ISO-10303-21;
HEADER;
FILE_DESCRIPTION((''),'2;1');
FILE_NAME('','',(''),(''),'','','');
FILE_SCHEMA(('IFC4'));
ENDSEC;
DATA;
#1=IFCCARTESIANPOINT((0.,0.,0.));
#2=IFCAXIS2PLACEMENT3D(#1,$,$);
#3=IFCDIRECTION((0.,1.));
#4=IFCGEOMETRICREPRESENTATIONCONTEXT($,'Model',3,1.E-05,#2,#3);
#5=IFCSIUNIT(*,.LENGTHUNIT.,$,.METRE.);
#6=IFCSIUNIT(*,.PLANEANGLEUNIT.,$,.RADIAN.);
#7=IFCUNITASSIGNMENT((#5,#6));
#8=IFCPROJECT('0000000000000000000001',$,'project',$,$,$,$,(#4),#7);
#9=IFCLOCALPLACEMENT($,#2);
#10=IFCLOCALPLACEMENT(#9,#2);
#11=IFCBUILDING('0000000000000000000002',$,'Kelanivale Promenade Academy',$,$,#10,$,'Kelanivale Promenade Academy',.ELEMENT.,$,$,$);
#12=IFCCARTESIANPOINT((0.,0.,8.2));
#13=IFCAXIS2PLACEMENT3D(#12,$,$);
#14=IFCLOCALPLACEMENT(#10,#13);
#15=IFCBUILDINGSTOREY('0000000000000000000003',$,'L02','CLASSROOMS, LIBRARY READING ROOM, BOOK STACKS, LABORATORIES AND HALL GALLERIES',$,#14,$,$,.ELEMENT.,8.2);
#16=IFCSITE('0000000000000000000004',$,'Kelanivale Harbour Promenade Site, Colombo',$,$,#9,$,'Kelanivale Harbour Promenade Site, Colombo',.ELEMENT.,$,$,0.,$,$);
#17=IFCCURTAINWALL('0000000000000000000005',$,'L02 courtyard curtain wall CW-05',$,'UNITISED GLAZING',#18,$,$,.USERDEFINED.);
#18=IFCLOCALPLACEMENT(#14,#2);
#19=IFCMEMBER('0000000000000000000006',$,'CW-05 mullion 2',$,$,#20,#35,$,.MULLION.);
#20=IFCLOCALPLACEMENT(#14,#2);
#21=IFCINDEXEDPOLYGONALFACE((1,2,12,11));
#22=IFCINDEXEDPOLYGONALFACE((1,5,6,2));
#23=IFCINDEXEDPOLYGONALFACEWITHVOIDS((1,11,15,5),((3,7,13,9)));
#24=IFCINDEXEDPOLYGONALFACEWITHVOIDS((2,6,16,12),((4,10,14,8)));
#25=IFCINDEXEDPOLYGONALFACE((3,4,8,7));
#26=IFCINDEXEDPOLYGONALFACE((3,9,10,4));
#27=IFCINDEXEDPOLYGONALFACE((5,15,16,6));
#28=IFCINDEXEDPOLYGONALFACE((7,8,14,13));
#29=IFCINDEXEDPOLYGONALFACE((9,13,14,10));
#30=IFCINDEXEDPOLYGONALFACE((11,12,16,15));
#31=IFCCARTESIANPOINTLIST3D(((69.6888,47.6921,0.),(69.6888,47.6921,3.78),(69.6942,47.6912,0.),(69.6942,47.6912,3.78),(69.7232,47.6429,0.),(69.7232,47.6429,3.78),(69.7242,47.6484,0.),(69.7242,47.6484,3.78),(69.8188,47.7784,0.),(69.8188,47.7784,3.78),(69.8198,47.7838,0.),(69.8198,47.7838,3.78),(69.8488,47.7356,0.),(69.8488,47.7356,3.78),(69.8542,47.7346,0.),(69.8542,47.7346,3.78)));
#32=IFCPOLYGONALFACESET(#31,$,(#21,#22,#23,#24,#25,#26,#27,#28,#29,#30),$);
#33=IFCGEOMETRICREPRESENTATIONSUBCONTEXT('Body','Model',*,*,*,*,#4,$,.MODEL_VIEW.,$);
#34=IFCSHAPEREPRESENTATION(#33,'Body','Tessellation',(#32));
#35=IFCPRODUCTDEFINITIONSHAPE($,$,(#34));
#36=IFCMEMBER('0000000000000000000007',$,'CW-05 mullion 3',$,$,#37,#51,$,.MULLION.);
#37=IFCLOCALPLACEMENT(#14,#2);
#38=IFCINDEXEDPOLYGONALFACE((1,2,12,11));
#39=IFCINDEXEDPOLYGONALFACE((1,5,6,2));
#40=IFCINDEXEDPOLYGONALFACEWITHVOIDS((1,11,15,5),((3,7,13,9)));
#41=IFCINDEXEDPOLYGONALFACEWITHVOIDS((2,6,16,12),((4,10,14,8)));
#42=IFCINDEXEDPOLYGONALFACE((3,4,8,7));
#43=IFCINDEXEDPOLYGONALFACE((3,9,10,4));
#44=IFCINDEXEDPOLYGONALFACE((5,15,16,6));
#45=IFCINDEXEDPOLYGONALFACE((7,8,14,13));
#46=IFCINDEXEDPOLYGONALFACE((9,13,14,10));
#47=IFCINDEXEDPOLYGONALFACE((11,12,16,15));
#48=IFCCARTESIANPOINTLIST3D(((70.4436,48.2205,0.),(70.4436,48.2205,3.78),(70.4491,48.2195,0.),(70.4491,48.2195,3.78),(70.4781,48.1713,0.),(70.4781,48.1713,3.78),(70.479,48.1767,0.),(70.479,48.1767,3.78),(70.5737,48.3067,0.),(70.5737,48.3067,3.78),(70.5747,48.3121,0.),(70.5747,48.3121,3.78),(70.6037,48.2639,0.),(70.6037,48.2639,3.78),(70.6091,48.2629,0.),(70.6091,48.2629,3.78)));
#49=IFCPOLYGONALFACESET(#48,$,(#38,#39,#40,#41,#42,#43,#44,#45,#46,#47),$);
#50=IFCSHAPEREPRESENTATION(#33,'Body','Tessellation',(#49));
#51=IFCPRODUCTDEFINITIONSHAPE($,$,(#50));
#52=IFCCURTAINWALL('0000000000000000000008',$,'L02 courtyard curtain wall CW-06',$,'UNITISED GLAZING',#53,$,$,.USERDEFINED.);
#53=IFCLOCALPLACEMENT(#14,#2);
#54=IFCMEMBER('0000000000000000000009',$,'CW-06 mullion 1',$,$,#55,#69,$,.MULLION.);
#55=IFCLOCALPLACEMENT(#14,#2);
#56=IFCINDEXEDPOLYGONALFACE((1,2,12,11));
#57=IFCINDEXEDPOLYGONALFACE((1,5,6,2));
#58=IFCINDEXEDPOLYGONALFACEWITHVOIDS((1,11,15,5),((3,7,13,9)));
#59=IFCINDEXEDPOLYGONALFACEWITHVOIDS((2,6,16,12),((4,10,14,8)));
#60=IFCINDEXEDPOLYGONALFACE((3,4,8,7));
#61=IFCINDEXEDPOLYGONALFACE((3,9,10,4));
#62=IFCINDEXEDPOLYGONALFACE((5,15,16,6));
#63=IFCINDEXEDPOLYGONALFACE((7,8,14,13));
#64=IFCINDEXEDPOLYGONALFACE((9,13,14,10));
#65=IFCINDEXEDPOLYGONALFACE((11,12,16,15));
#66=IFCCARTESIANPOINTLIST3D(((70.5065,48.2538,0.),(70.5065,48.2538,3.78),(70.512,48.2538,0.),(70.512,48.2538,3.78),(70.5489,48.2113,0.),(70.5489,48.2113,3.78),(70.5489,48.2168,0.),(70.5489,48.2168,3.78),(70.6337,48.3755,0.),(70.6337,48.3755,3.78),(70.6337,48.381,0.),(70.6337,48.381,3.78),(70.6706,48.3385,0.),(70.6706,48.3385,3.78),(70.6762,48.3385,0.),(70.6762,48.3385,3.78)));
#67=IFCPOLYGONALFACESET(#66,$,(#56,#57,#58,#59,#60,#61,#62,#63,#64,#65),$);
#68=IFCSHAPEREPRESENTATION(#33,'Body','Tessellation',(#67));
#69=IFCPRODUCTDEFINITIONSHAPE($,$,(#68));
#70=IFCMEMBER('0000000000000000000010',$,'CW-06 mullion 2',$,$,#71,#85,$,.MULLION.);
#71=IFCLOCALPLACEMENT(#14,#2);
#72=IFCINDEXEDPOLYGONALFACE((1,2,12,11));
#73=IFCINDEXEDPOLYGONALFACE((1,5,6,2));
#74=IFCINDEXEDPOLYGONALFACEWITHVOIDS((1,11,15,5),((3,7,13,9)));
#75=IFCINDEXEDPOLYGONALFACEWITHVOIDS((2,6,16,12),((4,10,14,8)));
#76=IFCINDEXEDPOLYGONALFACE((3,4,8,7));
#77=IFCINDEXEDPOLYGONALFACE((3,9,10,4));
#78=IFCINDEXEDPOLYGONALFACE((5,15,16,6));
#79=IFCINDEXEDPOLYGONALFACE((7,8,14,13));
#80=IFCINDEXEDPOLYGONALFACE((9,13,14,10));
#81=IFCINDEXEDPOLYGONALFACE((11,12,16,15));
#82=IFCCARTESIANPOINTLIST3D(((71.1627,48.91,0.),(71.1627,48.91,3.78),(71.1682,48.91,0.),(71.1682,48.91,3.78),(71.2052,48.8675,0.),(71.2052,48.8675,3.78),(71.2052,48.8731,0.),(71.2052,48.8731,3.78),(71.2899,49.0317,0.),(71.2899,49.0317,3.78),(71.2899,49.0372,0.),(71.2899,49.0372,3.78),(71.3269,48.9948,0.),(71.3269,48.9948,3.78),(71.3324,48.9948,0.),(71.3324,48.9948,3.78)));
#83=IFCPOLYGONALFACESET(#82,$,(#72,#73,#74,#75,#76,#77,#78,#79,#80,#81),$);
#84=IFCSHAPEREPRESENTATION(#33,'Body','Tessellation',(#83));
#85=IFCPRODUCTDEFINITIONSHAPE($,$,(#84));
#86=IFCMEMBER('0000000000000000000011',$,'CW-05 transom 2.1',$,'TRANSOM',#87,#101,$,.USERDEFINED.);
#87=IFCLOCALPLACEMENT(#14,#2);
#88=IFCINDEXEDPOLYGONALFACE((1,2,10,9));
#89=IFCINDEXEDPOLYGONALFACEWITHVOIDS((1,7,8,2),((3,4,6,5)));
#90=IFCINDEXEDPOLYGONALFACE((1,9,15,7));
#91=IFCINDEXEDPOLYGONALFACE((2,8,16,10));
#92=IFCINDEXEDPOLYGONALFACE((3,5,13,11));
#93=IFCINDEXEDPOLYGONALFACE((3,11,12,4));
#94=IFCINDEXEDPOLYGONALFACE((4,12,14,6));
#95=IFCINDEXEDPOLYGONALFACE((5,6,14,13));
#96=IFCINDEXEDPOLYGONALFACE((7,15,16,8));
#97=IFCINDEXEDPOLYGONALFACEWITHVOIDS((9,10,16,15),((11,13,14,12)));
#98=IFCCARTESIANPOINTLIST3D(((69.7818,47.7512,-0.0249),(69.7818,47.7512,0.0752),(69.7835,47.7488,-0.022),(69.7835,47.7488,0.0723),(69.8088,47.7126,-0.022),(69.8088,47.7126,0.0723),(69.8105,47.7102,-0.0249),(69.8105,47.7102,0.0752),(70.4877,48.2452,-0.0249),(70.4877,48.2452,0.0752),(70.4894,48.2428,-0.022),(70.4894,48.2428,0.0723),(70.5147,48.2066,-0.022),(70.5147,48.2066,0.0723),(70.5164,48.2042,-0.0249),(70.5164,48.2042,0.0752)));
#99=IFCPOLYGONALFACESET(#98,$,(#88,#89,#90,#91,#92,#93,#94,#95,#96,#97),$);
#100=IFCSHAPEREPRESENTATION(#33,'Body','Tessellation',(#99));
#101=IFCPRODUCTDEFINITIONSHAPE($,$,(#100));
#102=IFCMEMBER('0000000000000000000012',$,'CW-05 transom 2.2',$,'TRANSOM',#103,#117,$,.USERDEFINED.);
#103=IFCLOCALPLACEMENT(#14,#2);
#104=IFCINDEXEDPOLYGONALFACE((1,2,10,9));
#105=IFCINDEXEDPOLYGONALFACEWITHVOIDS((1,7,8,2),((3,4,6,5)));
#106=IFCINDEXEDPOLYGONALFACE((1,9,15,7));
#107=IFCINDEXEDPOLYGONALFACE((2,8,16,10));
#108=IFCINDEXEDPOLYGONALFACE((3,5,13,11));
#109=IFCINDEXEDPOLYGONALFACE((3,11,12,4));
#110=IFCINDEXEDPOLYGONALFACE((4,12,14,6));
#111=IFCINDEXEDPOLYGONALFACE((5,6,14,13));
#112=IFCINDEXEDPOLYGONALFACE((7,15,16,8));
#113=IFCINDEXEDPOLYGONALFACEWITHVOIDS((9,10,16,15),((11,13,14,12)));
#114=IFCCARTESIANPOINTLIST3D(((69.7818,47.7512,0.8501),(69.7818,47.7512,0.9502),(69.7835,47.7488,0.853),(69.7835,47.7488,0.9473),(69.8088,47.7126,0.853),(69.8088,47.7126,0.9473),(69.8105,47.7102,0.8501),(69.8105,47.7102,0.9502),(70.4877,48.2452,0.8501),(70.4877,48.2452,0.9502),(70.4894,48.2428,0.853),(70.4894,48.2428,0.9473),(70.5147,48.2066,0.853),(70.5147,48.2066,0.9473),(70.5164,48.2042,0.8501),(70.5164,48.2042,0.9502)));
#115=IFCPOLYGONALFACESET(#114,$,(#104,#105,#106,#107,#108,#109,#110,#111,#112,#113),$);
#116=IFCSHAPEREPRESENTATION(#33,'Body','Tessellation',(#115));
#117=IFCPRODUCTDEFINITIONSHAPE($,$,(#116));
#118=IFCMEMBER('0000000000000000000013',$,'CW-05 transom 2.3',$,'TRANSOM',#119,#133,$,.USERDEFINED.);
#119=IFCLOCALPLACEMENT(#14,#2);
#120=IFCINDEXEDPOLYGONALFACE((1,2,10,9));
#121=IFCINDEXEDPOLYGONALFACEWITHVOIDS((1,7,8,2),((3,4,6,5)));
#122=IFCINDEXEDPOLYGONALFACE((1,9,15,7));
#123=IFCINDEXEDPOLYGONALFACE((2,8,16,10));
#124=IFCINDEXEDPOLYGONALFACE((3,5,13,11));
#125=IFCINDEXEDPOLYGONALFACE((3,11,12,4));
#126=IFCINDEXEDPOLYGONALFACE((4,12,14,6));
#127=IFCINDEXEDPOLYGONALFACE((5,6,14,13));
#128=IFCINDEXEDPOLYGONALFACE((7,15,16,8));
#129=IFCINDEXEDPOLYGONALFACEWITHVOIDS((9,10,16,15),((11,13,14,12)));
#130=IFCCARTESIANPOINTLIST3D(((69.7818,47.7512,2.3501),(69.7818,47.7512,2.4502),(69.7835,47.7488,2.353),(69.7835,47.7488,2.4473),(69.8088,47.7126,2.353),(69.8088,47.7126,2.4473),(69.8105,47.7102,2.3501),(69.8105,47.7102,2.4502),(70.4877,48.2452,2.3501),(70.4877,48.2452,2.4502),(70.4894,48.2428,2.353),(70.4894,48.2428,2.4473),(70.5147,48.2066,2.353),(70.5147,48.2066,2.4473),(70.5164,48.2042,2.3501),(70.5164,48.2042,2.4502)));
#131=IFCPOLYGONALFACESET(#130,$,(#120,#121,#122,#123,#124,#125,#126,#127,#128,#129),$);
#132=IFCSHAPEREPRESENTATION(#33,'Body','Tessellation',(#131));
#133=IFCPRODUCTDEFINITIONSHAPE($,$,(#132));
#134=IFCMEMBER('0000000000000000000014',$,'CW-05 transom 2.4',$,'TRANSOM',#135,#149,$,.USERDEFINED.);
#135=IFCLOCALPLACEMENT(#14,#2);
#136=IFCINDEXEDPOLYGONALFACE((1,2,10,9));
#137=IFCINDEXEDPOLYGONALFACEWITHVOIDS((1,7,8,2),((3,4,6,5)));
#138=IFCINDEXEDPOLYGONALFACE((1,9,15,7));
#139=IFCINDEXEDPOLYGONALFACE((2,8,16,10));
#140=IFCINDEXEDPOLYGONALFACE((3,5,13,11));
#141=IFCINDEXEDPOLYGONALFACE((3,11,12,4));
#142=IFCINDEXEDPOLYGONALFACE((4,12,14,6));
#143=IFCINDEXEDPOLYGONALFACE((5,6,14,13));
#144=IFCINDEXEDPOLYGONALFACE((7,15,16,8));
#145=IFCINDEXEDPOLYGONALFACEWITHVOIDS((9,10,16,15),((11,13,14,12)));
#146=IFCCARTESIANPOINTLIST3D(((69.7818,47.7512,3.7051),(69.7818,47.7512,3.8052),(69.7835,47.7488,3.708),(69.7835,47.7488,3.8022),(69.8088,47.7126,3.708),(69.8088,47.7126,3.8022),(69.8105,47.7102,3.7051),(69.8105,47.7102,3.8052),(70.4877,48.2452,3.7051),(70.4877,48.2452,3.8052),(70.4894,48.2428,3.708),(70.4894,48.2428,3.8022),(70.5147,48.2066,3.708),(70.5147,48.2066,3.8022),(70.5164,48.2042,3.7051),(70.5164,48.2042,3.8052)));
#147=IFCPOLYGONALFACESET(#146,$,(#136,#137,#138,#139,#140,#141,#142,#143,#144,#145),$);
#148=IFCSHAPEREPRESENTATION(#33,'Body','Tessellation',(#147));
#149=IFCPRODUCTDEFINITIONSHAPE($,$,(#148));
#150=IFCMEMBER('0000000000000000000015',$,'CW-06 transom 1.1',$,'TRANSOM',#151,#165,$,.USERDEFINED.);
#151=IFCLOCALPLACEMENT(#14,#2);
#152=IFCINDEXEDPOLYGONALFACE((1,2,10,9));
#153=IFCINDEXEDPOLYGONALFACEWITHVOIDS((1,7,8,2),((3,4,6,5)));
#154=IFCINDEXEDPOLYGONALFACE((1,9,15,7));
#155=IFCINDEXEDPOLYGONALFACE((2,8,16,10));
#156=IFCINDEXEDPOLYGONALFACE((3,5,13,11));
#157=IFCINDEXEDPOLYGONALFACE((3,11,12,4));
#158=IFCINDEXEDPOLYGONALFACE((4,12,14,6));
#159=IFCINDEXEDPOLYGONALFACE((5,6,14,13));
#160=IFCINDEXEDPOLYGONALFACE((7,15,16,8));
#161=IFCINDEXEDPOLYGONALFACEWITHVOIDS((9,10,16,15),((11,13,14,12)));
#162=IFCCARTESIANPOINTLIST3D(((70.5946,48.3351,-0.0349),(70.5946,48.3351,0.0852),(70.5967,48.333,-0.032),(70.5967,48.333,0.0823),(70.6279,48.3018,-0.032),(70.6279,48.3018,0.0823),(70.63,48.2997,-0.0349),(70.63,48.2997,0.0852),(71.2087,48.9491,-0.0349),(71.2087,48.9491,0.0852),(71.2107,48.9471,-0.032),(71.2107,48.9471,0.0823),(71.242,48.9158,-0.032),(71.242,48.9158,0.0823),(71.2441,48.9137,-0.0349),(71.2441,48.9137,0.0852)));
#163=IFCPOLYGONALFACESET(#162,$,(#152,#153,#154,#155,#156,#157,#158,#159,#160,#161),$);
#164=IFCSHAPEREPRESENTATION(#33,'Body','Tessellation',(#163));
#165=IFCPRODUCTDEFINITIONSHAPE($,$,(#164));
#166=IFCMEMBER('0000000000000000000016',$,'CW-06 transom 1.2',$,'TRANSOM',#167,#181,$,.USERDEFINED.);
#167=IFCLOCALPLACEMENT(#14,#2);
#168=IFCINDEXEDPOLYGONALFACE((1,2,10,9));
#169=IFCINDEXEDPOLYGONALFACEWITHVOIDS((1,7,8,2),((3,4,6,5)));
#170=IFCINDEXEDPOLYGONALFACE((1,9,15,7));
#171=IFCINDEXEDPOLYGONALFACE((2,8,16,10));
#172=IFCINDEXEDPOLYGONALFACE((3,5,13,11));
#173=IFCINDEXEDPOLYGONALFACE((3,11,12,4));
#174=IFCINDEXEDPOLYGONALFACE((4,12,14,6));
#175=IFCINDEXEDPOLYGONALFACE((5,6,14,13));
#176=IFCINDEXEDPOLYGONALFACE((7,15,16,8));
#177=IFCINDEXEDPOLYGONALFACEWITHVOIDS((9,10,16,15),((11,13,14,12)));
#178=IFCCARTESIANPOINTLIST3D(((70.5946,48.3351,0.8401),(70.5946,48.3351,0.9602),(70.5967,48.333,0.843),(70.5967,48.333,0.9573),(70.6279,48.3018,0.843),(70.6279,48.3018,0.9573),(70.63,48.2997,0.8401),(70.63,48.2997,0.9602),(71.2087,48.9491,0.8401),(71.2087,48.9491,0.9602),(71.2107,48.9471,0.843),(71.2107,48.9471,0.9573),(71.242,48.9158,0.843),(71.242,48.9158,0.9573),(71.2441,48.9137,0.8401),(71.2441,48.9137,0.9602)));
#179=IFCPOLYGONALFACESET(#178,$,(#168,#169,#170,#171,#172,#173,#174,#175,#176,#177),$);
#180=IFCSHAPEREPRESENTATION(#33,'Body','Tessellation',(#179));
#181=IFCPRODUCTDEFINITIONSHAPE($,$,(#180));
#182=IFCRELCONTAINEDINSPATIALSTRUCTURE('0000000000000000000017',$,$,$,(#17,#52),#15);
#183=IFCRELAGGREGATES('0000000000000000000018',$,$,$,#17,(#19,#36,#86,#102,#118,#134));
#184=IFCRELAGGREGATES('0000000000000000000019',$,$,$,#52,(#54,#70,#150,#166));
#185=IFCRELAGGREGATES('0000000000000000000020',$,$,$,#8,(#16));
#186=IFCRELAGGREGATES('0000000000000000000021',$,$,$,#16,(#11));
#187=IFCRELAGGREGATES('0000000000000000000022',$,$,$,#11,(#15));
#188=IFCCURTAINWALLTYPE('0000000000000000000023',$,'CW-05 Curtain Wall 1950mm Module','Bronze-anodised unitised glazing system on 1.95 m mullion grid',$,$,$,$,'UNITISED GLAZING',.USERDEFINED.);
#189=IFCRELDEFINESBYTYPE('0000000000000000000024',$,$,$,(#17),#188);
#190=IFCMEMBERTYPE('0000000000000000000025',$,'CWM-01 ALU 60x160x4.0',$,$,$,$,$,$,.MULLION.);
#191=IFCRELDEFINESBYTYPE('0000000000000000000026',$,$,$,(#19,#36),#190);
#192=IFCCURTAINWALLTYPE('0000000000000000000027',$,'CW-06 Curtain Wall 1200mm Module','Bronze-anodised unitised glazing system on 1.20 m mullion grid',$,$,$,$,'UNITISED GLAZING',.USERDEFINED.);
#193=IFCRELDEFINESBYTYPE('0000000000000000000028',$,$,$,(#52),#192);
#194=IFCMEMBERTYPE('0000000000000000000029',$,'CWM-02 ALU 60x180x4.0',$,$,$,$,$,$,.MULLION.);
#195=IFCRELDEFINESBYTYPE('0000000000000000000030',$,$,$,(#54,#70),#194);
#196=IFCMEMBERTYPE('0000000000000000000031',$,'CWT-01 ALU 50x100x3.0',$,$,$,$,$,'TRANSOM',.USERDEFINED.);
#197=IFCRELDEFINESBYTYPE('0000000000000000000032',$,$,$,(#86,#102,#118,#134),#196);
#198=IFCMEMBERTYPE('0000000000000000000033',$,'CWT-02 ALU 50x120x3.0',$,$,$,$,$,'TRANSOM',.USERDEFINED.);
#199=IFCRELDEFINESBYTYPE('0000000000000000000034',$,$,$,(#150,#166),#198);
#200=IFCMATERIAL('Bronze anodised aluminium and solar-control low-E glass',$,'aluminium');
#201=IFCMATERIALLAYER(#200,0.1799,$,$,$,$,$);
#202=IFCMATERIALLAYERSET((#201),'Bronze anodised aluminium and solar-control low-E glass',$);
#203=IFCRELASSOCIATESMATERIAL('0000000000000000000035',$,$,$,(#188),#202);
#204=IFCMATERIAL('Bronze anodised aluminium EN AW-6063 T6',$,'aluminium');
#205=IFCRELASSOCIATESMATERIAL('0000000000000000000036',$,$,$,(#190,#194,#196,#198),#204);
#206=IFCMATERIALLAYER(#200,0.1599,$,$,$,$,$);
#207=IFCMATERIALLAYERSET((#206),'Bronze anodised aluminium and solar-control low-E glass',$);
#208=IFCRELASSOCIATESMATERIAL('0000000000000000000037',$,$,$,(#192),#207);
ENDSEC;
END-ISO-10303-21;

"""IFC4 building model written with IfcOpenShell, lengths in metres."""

from ifc_helpers import new_model, si_unit, direction, frame, origin, origin_2d, place, context, subcontext, project, spatial, hollow_rectangle, extrude, material, layer, layer_set, material_profile, profile_set, type_object, element, aggregate, save


model = new_model("IFC4")

# Units and contexts
model_context = context("Model", 3, precision=1e-05, world=origin(), true_north=direction((0.0, 1.0)))
body_context = subcontext(model_context, "Body", "Model", "MODEL_VIEW")
ifc_project = project(units=[si_unit("LENGTHUNIT", "METRE"), si_unit("PLANEANGLEUNIT", "RADIAN")], contexts=[model_context])

# Site, building, storey
site_placement = place(None, origin())
site = spatial("IfcSite", under=ifc_project, at=site_placement, Name="Kelanivale Harbour Promenade Site, Colombo", LongName="Kelanivale Harbour Promenade Site, Colombo", CompositionType="ELEMENT", RefElevation=0.0)
building_placement = place(site_placement, origin())
building = spatial("IfcBuilding", under=site, at=building_placement, Name="Kelanivale Promenade Academy", LongName="Kelanivale Promenade Academy", CompositionType="ELEMENT")
storey_placement = place(building_placement, frame((0.0, 0.0, 8.2)))
storey = spatial("IfcBuildingStorey", under=building, at=storey_placement, Name="L02", Description="CLASSROOMS, LIBRARY READING ROOM, BOOK STACKS, LABORATORIES AND HALL GALLERIES", CompositionType="ELEMENT", Elevation=8.2)

# Curtain walls, members
ifc_material_1 = material(Name="Bronze anodised aluminium and solar-control low-E glass", Category="aluminium")
ifc_layer_1 = layer(ifc_material_1, 0.1799)
ifc_layer_set_1 = layer_set([ifc_layer_1], Name="Bronze anodised aluminium and solar-control low-E glass")
curtain_wall_type_1 = type_object("IfcCurtainWallType", Name="CW-05 Curtain Wall 1950mm Module", Description="Bronze-anodised unitised glazing system on 1.95 m mullion grid", ElementType="UNITISED GLAZING", PredefinedType="USERDEFINED", material=ifc_layer_set_1)
curtain_wall_1_placement = place(storey_placement, origin())
curtain_wall_1 = element("IfcCurtainWall", 1, at=curtain_wall_1_placement, inside=storey, type_object=curtain_wall_type_1, Name="L02 courtyard curtain wall CW-05", ObjectType="UNITISED GLAZING", PredefinedType="USERDEFINED")
ifc_material_2 = material(Name="Bronze anodised aluminium EN AW-6063 T6", Category="aluminium")
ifc_material_profile_1 = material_profile(ifc_material_2, hollow_rectangle(XDim=0.0601, YDim=0.1599, WallThickness=0.0039, at=origin_2d()), Name="ALU 60x160x4.0")
ifc_profile_set_1 = profile_set([ifc_material_profile_1], Name="Bronze anodised aluminium EN AW-6063 T6")
member_type_1 = type_object("IfcMemberType", Name="CWM-01 ALU 60x160x4.0", PredefinedType="MULLION", material=ifc_profile_set_1)
member_1_placement = place(storey_placement, frame((69.7715, 47.7134, 0.0), z_axis=(0.0, 0.0, 1.0), x_axis=(-0.573357, 0.819306, 0.0)))
member_1 = element("IfcMember", 2, at=member_1_placement, type_object=member_type_1, Name="CW-05 mullion 2", PredefinedType="MULLION", context=body_context, shape_type="SweptSolid", body=[
    extrude(hollow_rectangle(XDim=0.0601, YDim=0.1599, WallThickness=0.0039, at=origin_2d()), origin(), (0.0, 0.0, 1.0), 3.78),
])
member_2_placement = place(storey_placement, frame((70.5264, 48.2417, 0.0), z_axis=(0.0, 0.0, 1.0), x_axis=(-0.573357, 0.819306, 0.0)))
member_2 = element("IfcMember", 3, at=member_2_placement, type_object=member_type_1, Name="CW-05 mullion 3", PredefinedType="MULLION", context=body_context, shape_type="SweptSolid", body=[
    extrude(hollow_rectangle(XDim=0.0601, YDim=0.1599, WallThickness=0.0039, at=origin_2d()), origin(), (0.0, 0.0, 1.0), 3.78),
])
ifc_layer_2 = layer(ifc_material_1, 0.1599)
ifc_layer_set_2 = layer_set([ifc_layer_2], Name="Bronze anodised aluminium and solar-control low-E glass")
curtain_wall_type_2 = type_object("IfcCurtainWallType", Name="CW-06 Curtain Wall 1200mm Module", Description="Bronze-anodised unitised glazing system on 1.20 m mullion grid", ElementType="UNITISED GLAZING", PredefinedType="USERDEFINED", material=ifc_layer_set_2)
curtain_wall_2_placement = place(storey_placement, origin())
curtain_wall_2 = element("IfcCurtainWall", 4, at=curtain_wall_2_placement, inside=storey, type_object=curtain_wall_type_2, Name="L02 courtyard curtain wall CW-06", ObjectType="UNITISED GLAZING", PredefinedType="USERDEFINED")
ifc_material_profile_2 = material_profile(ifc_material_2, hollow_rectangle(XDim=0.0601, YDim=0.1799, WallThickness=0.0039, at=origin_2d()), Name="ALU 60x180x4.0")
ifc_profile_set_2 = profile_set([ifc_material_profile_2], Name="Bronze anodised aluminium EN AW-6063 T6")
member_type_2 = type_object("IfcMemberType", Name="CWM-02 ALU 60x180x4.0", PredefinedType="MULLION", material=ifc_profile_set_2)
member_3_placement = place(storey_placement, frame((70.5913, 48.2961, 0.0), z_axis=(0.0, 0.0, 1.0), x_axis=(-0.707107, 0.707107, 0.0)))
member_3 = element("IfcMember", 5, at=member_3_placement, type_object=member_type_2, Name="CW-06 mullion 1", PredefinedType="MULLION", context=body_context, shape_type="SweptSolid", body=[
    extrude(hollow_rectangle(XDim=0.0601, YDim=0.1799, WallThickness=0.0039, at=origin_2d()), origin(), (0.0, 0.0, 1.0), 3.78),
])
member_4_placement = place(storey_placement, frame((71.2476, 48.9524, 0.0), z_axis=(0.0, 0.0, 1.0), x_axis=(-0.707107, 0.707107, 0.0)))
member_4 = element("IfcMember", 6, at=member_4_placement, type_object=member_type_2, Name="CW-06 mullion 2", PredefinedType="MULLION", context=body_context, shape_type="SweptSolid", body=[
    extrude(hollow_rectangle(XDim=0.0601, YDim=0.1799, WallThickness=0.0039, at=origin_2d()), origin(), (0.0, 0.0, 1.0), 3.78),
])

# Members
ifc_material_profile_3 = material_profile(ifc_material_2, hollow_rectangle(XDim=0.05, YDim=0.1001, WallThickness=0.0029, at=origin_2d()), Name="ALU 50x100x3.0")
ifc_profile_set_3 = profile_set([ifc_material_profile_3], Name="Bronze anodised aluminium EN AW-6063 T6")
member_type_3 = type_object("IfcMemberType", Name="CWT-01 ALU 50x100x3.0", ElementType="TRANSOM", PredefinedType="USERDEFINED", material=ifc_profile_set_3)
member_5_placement = place(storey_placement, frame((69.7961, 47.7307, 0.0251), z_axis=(0.819325, 0.573329, 0.0), x_axis=(-0.573329, 0.819325, 0.0)))
member_5 = element("IfcMember", 7, at=member_5_placement, type_object=member_type_3, Name="CW-05 transom 2.1", ObjectType="TRANSOM", PredefinedType="USERDEFINED", context=body_context, shape_type="SweptSolid", body=[
    extrude(hollow_rectangle(XDim=0.05, YDim=0.1001, WallThickness=0.0029, at=origin_2d()), origin(), (0.0, 0.0, 1.0), 0.8616),
])
member_6_placement = place(storey_placement, frame((69.7961, 47.7307, 0.9001), z_axis=(0.819325, 0.573329, 0.0), x_axis=(-0.573329, 0.819325, 0.0)))
member_6 = element("IfcMember", 8, at=member_6_placement, type_object=member_type_3, Name="CW-05 transom 2.2", ObjectType="TRANSOM", PredefinedType="USERDEFINED", context=body_context, shape_type="SweptSolid", body=[
    extrude(hollow_rectangle(XDim=0.05, YDim=0.1001, WallThickness=0.0029, at=origin_2d()), origin(), (0.0, 0.0, 1.0), 0.8616),
])
member_7_placement = place(storey_placement, frame((69.7961, 47.7307, 2.4001), z_axis=(0.819325, 0.573329, 0.0), x_axis=(-0.573329, 0.819325, 0.0)))
member_7 = element("IfcMember", 9, at=member_7_placement, type_object=member_type_3, Name="CW-05 transom 2.3", ObjectType="TRANSOM", PredefinedType="USERDEFINED", context=body_context, shape_type="SweptSolid", body=[
    extrude(hollow_rectangle(XDim=0.05, YDim=0.1001, WallThickness=0.0029, at=origin_2d()), origin(), (0.0, 0.0, 1.0), 0.8616),
])
member_8_placement = place(storey_placement, frame((69.7961, 47.7307, 3.7551), z_axis=(0.819325, 0.573329, 0.0), x_axis=(-0.573329, 0.819325, 0.0)))
member_8 = element("IfcMember", 10, at=member_8_placement, type_object=member_type_3, Name="CW-05 transom 2.4", ObjectType="TRANSOM", PredefinedType="USERDEFINED", context=body_context, shape_type="SweptSolid", body=[
    extrude(hollow_rectangle(XDim=0.05, YDim=0.1001, WallThickness=0.0029, at=origin_2d()), origin(), (0.0, 0.0, 1.0), 0.8616),
])
ifc_material_profile_4 = material_profile(ifc_material_2, hollow_rectangle(XDim=0.05, YDim=0.1201, WallThickness=0.0029, at=origin_2d()), Name="ALU 50x120x3.0")
ifc_profile_set_4 = profile_set([ifc_material_profile_4], Name="Bronze anodised aluminium EN AW-6063 T6")
member_type_4 = type_object("IfcMemberType", Name="CWT-02 ALU 50x120x3.0", ElementType="TRANSOM", PredefinedType="USERDEFINED", material=ifc_profile_set_4)
member_9_placement = place(storey_placement, frame((70.6123, 48.3174, 0.0251), z_axis=(0.707107, 0.707107, 0.0), x_axis=(-0.707107, 0.707107, 0.0)))
member_9 = element("IfcMember", 11, at=member_9_placement, type_object=member_type_4, Name="CW-06 transom 1.1", ObjectType="TRANSOM", PredefinedType="USERDEFINED", context=body_context, shape_type="SweptSolid", body=[
    extrude(hollow_rectangle(XDim=0.05, YDim=0.1201, WallThickness=0.0029, at=origin_2d()), origin(), (0.0, 0.0, 1.0), 0.8684),
])
member_10_placement = place(storey_placement, frame((70.6123, 48.3174, 0.9001), z_axis=(0.707107, 0.707107, 0.0), x_axis=(-0.707107, 0.707107, 0.0)))
member_10 = element("IfcMember", 12, at=member_10_placement, type_object=member_type_4, Name="CW-06 transom 1.2", ObjectType="TRANSOM", PredefinedType="USERDEFINED", context=body_context, shape_type="SweptSolid", body=[
    extrude(hollow_rectangle(XDim=0.05, YDim=0.1201, WallThickness=0.0029, at=origin_2d()), origin(), (0.0, 0.0, 1.0), 0.8684),
])

aggregate(curtain_wall_1, [member_1, member_2, member_5, member_6, member_7, member_8])
aggregate(curtain_wall_2, [member_3, member_4, member_9, member_10])

save(model, "model.ifc")
